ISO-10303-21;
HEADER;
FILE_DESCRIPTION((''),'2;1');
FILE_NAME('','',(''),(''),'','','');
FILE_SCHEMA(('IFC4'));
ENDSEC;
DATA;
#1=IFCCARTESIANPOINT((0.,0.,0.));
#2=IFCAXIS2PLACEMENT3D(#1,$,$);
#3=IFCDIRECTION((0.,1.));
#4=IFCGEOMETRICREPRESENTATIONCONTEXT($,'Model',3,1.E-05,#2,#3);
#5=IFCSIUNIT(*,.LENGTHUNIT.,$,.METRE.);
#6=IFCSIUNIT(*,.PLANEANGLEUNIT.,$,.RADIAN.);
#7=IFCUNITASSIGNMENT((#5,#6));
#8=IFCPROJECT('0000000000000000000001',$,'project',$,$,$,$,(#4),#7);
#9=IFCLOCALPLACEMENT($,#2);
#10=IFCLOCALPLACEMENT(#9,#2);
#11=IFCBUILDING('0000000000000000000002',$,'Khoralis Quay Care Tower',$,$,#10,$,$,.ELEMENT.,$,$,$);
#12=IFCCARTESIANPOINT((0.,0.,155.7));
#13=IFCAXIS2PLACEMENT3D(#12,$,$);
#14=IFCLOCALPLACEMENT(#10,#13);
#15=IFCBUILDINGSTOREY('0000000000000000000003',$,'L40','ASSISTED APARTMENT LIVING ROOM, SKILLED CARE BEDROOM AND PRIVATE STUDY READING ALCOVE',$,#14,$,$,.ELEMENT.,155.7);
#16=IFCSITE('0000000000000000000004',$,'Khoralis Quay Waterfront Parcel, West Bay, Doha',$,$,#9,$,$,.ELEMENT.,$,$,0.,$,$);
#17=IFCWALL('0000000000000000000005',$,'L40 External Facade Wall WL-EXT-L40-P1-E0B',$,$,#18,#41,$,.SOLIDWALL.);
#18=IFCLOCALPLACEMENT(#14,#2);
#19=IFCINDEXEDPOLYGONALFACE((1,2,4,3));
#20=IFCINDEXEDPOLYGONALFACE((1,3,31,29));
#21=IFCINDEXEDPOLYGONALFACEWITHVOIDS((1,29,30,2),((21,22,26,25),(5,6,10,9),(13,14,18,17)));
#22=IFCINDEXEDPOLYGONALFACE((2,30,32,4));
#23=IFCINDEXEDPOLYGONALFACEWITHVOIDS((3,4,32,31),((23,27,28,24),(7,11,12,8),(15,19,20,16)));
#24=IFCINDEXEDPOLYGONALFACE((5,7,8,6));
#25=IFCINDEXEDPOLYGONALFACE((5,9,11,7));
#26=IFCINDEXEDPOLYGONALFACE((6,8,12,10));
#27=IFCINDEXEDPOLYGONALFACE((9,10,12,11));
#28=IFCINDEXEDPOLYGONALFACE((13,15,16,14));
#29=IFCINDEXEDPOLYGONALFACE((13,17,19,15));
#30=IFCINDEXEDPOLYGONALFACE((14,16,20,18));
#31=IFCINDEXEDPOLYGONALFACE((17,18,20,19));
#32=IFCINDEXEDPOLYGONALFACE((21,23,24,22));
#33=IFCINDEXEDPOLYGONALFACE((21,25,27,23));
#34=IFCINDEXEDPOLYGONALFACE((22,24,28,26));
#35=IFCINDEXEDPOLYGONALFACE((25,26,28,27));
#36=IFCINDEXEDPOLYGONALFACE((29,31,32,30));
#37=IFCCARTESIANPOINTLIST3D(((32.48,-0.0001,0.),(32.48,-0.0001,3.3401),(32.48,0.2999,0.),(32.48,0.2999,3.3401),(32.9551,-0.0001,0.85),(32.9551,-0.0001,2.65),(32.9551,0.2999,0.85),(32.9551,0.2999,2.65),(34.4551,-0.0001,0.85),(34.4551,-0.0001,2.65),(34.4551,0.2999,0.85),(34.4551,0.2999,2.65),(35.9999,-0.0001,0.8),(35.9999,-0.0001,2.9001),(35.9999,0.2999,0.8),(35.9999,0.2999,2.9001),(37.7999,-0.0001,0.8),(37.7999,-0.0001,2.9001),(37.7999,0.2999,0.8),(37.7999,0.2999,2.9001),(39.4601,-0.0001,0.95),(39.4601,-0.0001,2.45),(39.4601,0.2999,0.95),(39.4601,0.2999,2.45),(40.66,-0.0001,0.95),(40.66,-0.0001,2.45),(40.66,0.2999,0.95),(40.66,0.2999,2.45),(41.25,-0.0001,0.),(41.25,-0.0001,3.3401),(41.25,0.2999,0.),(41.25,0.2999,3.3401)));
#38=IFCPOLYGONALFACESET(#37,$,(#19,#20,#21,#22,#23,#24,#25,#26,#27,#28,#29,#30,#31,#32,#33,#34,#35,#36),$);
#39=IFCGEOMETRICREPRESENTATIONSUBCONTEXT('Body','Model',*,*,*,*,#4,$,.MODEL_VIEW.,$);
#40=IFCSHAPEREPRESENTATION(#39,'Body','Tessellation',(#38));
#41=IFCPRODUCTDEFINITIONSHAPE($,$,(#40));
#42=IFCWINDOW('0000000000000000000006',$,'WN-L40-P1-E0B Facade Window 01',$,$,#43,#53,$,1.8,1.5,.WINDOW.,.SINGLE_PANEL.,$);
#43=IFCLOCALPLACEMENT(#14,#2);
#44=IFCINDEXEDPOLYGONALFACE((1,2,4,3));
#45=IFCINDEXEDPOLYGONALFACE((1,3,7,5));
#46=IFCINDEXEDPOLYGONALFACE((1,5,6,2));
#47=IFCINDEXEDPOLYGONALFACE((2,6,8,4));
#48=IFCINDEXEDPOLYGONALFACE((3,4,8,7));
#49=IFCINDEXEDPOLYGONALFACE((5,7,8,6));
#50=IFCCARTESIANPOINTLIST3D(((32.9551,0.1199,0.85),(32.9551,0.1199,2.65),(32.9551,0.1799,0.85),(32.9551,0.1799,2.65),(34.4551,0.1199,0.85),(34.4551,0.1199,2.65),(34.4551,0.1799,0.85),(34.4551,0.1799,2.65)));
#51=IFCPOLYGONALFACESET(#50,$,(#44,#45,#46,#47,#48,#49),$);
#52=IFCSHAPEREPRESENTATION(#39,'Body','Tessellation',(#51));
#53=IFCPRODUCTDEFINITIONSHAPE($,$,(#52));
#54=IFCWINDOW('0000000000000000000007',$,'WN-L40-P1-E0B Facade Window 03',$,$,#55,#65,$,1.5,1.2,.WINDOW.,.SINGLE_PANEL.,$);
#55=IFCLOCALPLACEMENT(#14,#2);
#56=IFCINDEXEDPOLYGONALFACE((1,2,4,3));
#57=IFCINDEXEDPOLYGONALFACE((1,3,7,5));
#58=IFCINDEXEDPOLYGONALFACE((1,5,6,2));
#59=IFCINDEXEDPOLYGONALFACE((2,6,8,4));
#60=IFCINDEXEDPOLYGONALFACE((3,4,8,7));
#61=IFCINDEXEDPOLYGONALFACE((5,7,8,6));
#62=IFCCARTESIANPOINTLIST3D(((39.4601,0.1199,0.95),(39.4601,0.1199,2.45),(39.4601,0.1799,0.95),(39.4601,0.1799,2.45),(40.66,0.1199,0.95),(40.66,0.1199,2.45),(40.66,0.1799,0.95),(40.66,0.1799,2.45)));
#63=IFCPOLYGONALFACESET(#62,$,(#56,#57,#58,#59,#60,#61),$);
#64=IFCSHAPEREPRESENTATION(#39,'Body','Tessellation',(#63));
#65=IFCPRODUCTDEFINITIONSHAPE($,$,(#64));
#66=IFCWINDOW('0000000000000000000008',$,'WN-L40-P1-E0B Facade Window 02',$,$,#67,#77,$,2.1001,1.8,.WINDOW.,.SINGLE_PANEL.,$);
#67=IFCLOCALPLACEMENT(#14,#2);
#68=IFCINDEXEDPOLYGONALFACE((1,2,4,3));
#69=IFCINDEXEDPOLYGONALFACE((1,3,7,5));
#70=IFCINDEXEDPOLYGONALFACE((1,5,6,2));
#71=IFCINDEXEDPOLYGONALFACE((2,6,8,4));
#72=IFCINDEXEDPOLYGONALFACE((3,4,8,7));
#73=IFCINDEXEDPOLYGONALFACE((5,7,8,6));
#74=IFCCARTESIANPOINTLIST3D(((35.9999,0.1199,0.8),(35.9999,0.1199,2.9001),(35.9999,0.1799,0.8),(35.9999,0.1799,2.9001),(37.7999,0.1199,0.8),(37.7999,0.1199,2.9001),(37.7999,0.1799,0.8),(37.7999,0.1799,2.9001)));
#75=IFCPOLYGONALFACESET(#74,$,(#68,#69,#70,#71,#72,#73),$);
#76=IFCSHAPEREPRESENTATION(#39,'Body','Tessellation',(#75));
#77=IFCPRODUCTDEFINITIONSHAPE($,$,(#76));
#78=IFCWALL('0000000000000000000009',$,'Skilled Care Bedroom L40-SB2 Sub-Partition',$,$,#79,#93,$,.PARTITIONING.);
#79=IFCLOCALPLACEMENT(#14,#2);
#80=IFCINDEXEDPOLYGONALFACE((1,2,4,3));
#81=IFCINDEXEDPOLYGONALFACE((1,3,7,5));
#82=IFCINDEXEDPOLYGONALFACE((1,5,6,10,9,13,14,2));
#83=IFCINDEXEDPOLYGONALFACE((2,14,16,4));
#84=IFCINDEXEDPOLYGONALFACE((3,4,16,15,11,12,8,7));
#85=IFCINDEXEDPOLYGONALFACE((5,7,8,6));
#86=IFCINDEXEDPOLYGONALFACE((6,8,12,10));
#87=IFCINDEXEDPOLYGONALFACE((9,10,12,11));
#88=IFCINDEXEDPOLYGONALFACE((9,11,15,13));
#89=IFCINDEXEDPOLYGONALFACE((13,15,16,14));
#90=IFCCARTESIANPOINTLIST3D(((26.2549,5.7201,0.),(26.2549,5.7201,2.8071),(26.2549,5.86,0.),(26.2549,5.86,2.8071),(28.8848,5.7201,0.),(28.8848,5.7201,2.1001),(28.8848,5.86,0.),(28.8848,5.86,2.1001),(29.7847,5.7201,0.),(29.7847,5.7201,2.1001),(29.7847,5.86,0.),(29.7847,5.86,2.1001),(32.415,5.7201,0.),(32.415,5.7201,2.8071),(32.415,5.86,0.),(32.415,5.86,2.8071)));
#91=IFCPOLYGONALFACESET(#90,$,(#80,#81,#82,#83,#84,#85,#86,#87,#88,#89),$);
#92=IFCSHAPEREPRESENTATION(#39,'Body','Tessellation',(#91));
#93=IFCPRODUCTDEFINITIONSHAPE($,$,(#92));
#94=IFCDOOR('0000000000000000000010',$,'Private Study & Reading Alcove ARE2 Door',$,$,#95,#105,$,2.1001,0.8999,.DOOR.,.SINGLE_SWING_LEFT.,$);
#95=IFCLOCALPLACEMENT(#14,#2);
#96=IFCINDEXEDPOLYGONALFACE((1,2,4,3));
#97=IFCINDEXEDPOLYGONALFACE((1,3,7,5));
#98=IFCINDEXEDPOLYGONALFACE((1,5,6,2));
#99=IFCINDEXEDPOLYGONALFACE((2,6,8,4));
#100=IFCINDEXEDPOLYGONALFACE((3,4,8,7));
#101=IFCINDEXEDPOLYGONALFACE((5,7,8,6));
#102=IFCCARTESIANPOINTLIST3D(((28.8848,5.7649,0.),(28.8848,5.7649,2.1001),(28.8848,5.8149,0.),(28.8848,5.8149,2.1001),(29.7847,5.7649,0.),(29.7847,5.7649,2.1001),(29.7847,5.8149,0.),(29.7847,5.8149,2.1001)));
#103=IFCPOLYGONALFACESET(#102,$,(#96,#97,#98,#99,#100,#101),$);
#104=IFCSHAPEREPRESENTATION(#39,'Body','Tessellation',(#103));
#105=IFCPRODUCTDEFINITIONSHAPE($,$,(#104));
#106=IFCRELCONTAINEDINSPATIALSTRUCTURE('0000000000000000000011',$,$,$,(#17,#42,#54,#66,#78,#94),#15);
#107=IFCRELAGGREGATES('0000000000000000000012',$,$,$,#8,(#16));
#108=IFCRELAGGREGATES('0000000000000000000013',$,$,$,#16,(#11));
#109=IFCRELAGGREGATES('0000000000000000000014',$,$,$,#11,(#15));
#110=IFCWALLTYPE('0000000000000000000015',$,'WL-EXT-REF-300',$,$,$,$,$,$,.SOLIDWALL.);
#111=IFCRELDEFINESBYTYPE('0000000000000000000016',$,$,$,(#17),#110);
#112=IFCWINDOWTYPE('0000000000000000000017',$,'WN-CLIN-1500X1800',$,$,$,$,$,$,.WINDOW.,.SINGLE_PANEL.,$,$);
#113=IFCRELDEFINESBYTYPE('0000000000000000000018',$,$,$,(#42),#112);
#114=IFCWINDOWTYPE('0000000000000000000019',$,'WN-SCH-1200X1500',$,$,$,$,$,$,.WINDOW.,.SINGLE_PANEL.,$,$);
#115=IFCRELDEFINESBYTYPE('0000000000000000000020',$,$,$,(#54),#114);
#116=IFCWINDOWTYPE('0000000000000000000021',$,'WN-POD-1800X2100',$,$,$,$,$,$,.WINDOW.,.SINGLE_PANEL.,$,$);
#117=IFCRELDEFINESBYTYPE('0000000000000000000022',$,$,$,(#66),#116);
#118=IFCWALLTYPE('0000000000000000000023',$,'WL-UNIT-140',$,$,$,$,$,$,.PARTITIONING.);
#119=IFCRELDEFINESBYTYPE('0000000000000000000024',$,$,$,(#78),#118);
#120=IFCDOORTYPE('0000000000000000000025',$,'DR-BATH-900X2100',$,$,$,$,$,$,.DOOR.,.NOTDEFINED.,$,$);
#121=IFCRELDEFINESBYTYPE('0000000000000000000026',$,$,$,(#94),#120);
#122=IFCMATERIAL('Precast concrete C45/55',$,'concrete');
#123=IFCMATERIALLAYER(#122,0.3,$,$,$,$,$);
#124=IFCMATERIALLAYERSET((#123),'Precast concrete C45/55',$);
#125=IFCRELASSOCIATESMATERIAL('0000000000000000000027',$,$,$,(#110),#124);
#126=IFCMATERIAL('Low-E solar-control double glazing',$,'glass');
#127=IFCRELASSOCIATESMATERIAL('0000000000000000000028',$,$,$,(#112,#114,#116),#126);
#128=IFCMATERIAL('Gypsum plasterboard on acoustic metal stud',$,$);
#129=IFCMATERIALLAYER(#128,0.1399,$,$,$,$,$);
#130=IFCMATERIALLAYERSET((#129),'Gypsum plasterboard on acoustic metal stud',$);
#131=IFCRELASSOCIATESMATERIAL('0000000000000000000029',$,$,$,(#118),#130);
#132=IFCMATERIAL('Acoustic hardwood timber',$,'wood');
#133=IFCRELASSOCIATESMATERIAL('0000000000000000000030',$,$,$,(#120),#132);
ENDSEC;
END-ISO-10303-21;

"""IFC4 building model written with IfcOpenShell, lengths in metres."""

from ifc_helpers import new_model, si_unit, direction, frame, frame_2d, origin, place, context, subcontext, project, spatial, rectangle, extrude, source, transform, mapped, material, layer, layer_set, type_object, element, fill, save


model = new_model("IFC4")

# Units and contexts
model_context = context("Model", 3, precision=1e-05, world=origin(), true_north=direction((0.0, 1.0)))
body_context = subcontext(model_context, "Body", "Model", "MODEL_VIEW")
ifc_project = project(units=[si_unit("LENGTHUNIT", "METRE"), si_unit("PLANEANGLEUNIT", "RADIAN")], contexts=[model_context])

# Site, building, storey
site_placement = place(None, origin())
site = spatial("IfcSite", under=ifc_project, at=site_placement, Name="Khoralis Quay Waterfront Parcel, West Bay, Doha", CompositionType="ELEMENT", RefElevation=0.0)
building_placement = place(site_placement, origin())
building = spatial("IfcBuilding", under=site, at=building_placement, Name="Khoralis Quay Care Tower", CompositionType="ELEMENT")
storey_placement = place(building_placement, frame((0.0, 0.0, 155.7)))
storey = spatial("IfcBuildingStorey", under=building, at=storey_placement, Name="L40", Description="ASSISTED APARTMENT LIVING ROOM, SKILLED CARE BEDROOM AND PRIVATE STUDY READING ALCOVE", CompositionType="ELEMENT", Elevation=155.7)

# Shared definitions
ifc_material_1 = material(Name="Low-E solar-control double glazing", Category="glass")

# Shared definitions
ifc_material_2 = material(Name="Gypsum plasterboard on acoustic metal stud")

# Wall, openings, windows
ifc_material_3 = material(Name="Precast concrete C45/55", Category="concrete")
ifc_layer_1 = layer(ifc_material_3, 0.3)
ifc_layer_set_1 = layer_set([ifc_layer_1], Name="Precast concrete C45/55")
wall_type_1 = type_object("IfcWallType", Name="WL-EXT-REF-300", PredefinedType="SOLIDWALL", material=ifc_layer_set_1)
wall_1_placement = place(storey_placement, frame((32.48, 0.1499, 0.0), z_axis=(0.0, 0.0, 1.0), x_axis=(1.0, 0.0, 0.0)))
wall_1 = element("IfcWall", 1, at=wall_1_placement, inside=storey, type_object=wall_type_1, Name="L40 External Facade Wall WL-EXT-L40-P1-E0B", PredefinedType="SOLIDWALL", context=body_context, shape_type="SweptSolid", body=[
    extrude(rectangle(XDim=8.77, YDim=0.3, at=frame_2d((4.385, 0.0))), origin(), (0.0, 0.0, 1.0), 3.3401),
])
opening_1_placement = place(wall_1_placement, frame((0.4751, 0.0, 0.8501)))
opening_1 = element("IfcOpeningElement", 2, at=opening_1_placement, cuts=wall_1, PredefinedType="OPENING", context=body_context, shape_type="SweptSolid", body=[
    extrude(rectangle(XDim=1.5, YDim=1.8, at=frame_2d((0.75, 0.8999))), frame((0.0, 0.1602, 0.0), z_axis=(0.0, -1.0, 0.0), x_axis=(1.0, 0.0, 0.0)), (0.0, 0.0, 1.0), 0.3201),
])
opening_2_placement = place(wall_1_placement, frame((3.52, 0.0, 0.8)))
opening_2 = element("IfcOpeningElement", 3, at=opening_2_placement, cuts=wall_1, PredefinedType="OPENING", context=body_context, shape_type="SweptSolid", body=[
    extrude(rectangle(XDim=1.8, YDim=2.1001, at=frame_2d((0.8999, 1.05))), frame((0.0, 0.1602, 0.0), z_axis=(0.0, -1.0, 0.0), x_axis=(1.0, 0.0, 0.0)), (0.0, 0.0, 1.0), 0.3201),
])
opening_3_placement = place(wall_1_placement, frame((6.98, 0.0, 0.95)))
opening_3 = element("IfcOpeningElement", 4, at=opening_3_placement, cuts=wall_1, PredefinedType="OPENING", context=body_context, shape_type="SweptSolid", body=[
    extrude(rectangle(XDim=1.2, YDim=1.5, at=frame_2d((0.6001, 0.75))), frame((0.0, 0.1602, 0.0), z_axis=(0.0, -1.0, 0.0), x_axis=(1.0, 0.0, 0.0)), (0.0, 0.0, 1.0), 0.3201),
])
window_type_1 = type_object("IfcWindowType", Name="WN-CLIN-1500X1800", PartitioningType="SINGLE_PANEL", PredefinedType="WINDOW", material=ifc_material_1)
shared_shape_1 = source(origin(), body_context, "Body", "SweptSolid", [
    extrude(rectangle(XDim=1.5, YDim=1.8, at=frame_2d((0.75, 0.8999))), frame((0.0, 0.03, 0.0), z_axis=(0.0, -1.0, 0.0), x_axis=(1.0, 0.0, 0.0)), (0.0, 0.0, 1.0), 0.0601),
])
window_1_placement = place(opening_1_placement, origin())
window_1 = element("IfcWindow", 5, at=window_1_placement, inside=storey, type_object=window_type_1, Name="WN-L40-P1-E0B Facade Window 01", OverallHeight=1.8, OverallWidth=1.5, PartitioningType="SINGLE_PANEL", PredefinedType="WINDOW", context=body_context, shape_type="MappedRepresentation", body=[
    mapped(shared_shape_1, transform((0.0, 0.0, 0.0), scale=1.0)),
])
fill(opening_1, window_1)
window_type_2 = type_object("IfcWindowType", Name="WN-SCH-1200X1500", PartitioningType="SINGLE_PANEL", PredefinedType="WINDOW", material=ifc_material_1)
shared_shape_2 = source(origin(), body_context, "Body", "SweptSolid", [
    extrude(rectangle(XDim=1.2, YDim=1.5, at=frame_2d((0.6001, 0.75))), frame((0.0, 0.03, 0.0), z_axis=(0.0, -1.0, 0.0), x_axis=(1.0, 0.0, 0.0)), (0.0, 0.0, 1.0), 0.0601),
])
window_2_placement = place(opening_3_placement, origin())
window_2 = element("IfcWindow", 6, at=window_2_placement, inside=storey, type_object=window_type_2, Name="WN-L40-P1-E0B Facade Window 03", OverallHeight=1.5, OverallWidth=1.2, PartitioningType="SINGLE_PANEL", PredefinedType="WINDOW", context=body_context, shape_type="MappedRepresentation", body=[
    mapped(shared_shape_2, transform((0.0, 0.0, 0.0), scale=1.0)),
])
fill(opening_3, window_2)
window_type_3 = type_object("IfcWindowType", Name="WN-POD-1800X2100", PartitioningType="SINGLE_PANEL", PredefinedType="WINDOW", material=ifc_material_1)
shared_shape_3 = source(origin(), body_context, "Body", "SweptSolid", [
    extrude(rectangle(XDim=1.8, YDim=2.1001, at=frame_2d((0.8999, 1.05))), frame((0.0, 0.03, 0.0), z_axis=(0.0, -1.0, 0.0), x_axis=(1.0, 0.0, 0.0)), (0.0, 0.0, 1.0), 0.0601),
])
window_3_placement = place(opening_2_placement, origin())
window_3 = element("IfcWindow", 7, at=window_3_placement, inside=storey, type_object=window_type_3, Name="WN-L40-P1-E0B Facade Window 02", OverallHeight=2.1001, OverallWidth=1.8, PartitioningType="SINGLE_PANEL", PredefinedType="WINDOW", context=body_context, shape_type="MappedRepresentation", body=[
    mapped(shared_shape_3, transform((0.0, 0.0, 0.0), scale=1.0)),
])
fill(opening_2, window_3)

# Wall, opening, door
ifc_layer_2 = layer(ifc_material_2, 0.1399)
ifc_layer_set_2 = layer_set([ifc_layer_2], Name="Gypsum plasterboard on acoustic metal stud")
wall_type_2 = type_object("IfcWallType", Name="WL-UNIT-140", PredefinedType="PARTITIONING", material=ifc_layer_set_2)
wall_2_placement = place(storey_placement, frame((26.2549, 5.79, 0.0), z_axis=(0.0, 0.0, 1.0), x_axis=(1.0, 0.0, 0.0)))
wall_2 = element("IfcWall", 8, at=wall_2_placement, inside=storey, type_object=wall_type_2, Name="Skilled Care Bedroom L40-SB2 Sub-Partition", PredefinedType="PARTITIONING", context=body_context, shape_type="SweptSolid", body=[
    extrude(rectangle(XDim=6.1602, YDim=0.1399, at=frame_2d((3.0801, 0.0))), origin(), (0.0, 0.0, 1.0), 2.8071),
])
opening_4_placement = place(wall_2_placement, frame((2.6299, 0.0, 0.0)))
opening_4 = element("IfcOpeningElement", 9, at=opening_4_placement, cuts=wall_2, PredefinedType="OPENING", context=body_context, shape_type="SweptSolid", body=[
    extrude(rectangle(XDim=0.8999, YDim=2.1001, at=frame_2d((0.45, 1.05))), frame((0.0, 0.0801, 0.0), z_axis=(0.0, -1.0, 0.0), x_axis=(1.0, 0.0, 0.0)), (0.0, 0.0, 1.0), 0.1599),
])
ifc_material_4 = material(Name="Acoustic hardwood timber", Category="wood")
door_type_1 = type_object("IfcDoorType", Name="DR-BATH-900X2100", OperationType="NOTDEFINED", PredefinedType="DOOR", material=ifc_material_4)
shared_shape_4 = source(origin(), body_context, "Body", "SweptSolid", [
    extrude(rectangle(XDim=0.8999, YDim=2.1001, at=frame_2d((0.45, 1.05))), frame((0.0, 0.0249, 0.0), z_axis=(0.0, -1.0, 0.0), x_axis=(1.0, 0.0, 0.0)), (0.0, 0.0, 1.0), 0.05),
])
door_1_placement = place(opening_4_placement, origin())
door_1 = element("IfcDoor", 10, at=door_1_placement, inside=storey, type_object=door_type_1, Name="Private Study & Reading Alcove ARE2 Door", OperationType="SINGLE_SWING_LEFT", OverallHeight=2.1001, OverallWidth=0.8999, PredefinedType="DOOR", context=body_context, shape_type="MappedRepresentation", body=[
    mapped(shared_shape_4, transform((0.0, 0.0, 0.0), scale=1.0)),
])
fill(opening_4, door_1)

save(model, "model.ifc")
